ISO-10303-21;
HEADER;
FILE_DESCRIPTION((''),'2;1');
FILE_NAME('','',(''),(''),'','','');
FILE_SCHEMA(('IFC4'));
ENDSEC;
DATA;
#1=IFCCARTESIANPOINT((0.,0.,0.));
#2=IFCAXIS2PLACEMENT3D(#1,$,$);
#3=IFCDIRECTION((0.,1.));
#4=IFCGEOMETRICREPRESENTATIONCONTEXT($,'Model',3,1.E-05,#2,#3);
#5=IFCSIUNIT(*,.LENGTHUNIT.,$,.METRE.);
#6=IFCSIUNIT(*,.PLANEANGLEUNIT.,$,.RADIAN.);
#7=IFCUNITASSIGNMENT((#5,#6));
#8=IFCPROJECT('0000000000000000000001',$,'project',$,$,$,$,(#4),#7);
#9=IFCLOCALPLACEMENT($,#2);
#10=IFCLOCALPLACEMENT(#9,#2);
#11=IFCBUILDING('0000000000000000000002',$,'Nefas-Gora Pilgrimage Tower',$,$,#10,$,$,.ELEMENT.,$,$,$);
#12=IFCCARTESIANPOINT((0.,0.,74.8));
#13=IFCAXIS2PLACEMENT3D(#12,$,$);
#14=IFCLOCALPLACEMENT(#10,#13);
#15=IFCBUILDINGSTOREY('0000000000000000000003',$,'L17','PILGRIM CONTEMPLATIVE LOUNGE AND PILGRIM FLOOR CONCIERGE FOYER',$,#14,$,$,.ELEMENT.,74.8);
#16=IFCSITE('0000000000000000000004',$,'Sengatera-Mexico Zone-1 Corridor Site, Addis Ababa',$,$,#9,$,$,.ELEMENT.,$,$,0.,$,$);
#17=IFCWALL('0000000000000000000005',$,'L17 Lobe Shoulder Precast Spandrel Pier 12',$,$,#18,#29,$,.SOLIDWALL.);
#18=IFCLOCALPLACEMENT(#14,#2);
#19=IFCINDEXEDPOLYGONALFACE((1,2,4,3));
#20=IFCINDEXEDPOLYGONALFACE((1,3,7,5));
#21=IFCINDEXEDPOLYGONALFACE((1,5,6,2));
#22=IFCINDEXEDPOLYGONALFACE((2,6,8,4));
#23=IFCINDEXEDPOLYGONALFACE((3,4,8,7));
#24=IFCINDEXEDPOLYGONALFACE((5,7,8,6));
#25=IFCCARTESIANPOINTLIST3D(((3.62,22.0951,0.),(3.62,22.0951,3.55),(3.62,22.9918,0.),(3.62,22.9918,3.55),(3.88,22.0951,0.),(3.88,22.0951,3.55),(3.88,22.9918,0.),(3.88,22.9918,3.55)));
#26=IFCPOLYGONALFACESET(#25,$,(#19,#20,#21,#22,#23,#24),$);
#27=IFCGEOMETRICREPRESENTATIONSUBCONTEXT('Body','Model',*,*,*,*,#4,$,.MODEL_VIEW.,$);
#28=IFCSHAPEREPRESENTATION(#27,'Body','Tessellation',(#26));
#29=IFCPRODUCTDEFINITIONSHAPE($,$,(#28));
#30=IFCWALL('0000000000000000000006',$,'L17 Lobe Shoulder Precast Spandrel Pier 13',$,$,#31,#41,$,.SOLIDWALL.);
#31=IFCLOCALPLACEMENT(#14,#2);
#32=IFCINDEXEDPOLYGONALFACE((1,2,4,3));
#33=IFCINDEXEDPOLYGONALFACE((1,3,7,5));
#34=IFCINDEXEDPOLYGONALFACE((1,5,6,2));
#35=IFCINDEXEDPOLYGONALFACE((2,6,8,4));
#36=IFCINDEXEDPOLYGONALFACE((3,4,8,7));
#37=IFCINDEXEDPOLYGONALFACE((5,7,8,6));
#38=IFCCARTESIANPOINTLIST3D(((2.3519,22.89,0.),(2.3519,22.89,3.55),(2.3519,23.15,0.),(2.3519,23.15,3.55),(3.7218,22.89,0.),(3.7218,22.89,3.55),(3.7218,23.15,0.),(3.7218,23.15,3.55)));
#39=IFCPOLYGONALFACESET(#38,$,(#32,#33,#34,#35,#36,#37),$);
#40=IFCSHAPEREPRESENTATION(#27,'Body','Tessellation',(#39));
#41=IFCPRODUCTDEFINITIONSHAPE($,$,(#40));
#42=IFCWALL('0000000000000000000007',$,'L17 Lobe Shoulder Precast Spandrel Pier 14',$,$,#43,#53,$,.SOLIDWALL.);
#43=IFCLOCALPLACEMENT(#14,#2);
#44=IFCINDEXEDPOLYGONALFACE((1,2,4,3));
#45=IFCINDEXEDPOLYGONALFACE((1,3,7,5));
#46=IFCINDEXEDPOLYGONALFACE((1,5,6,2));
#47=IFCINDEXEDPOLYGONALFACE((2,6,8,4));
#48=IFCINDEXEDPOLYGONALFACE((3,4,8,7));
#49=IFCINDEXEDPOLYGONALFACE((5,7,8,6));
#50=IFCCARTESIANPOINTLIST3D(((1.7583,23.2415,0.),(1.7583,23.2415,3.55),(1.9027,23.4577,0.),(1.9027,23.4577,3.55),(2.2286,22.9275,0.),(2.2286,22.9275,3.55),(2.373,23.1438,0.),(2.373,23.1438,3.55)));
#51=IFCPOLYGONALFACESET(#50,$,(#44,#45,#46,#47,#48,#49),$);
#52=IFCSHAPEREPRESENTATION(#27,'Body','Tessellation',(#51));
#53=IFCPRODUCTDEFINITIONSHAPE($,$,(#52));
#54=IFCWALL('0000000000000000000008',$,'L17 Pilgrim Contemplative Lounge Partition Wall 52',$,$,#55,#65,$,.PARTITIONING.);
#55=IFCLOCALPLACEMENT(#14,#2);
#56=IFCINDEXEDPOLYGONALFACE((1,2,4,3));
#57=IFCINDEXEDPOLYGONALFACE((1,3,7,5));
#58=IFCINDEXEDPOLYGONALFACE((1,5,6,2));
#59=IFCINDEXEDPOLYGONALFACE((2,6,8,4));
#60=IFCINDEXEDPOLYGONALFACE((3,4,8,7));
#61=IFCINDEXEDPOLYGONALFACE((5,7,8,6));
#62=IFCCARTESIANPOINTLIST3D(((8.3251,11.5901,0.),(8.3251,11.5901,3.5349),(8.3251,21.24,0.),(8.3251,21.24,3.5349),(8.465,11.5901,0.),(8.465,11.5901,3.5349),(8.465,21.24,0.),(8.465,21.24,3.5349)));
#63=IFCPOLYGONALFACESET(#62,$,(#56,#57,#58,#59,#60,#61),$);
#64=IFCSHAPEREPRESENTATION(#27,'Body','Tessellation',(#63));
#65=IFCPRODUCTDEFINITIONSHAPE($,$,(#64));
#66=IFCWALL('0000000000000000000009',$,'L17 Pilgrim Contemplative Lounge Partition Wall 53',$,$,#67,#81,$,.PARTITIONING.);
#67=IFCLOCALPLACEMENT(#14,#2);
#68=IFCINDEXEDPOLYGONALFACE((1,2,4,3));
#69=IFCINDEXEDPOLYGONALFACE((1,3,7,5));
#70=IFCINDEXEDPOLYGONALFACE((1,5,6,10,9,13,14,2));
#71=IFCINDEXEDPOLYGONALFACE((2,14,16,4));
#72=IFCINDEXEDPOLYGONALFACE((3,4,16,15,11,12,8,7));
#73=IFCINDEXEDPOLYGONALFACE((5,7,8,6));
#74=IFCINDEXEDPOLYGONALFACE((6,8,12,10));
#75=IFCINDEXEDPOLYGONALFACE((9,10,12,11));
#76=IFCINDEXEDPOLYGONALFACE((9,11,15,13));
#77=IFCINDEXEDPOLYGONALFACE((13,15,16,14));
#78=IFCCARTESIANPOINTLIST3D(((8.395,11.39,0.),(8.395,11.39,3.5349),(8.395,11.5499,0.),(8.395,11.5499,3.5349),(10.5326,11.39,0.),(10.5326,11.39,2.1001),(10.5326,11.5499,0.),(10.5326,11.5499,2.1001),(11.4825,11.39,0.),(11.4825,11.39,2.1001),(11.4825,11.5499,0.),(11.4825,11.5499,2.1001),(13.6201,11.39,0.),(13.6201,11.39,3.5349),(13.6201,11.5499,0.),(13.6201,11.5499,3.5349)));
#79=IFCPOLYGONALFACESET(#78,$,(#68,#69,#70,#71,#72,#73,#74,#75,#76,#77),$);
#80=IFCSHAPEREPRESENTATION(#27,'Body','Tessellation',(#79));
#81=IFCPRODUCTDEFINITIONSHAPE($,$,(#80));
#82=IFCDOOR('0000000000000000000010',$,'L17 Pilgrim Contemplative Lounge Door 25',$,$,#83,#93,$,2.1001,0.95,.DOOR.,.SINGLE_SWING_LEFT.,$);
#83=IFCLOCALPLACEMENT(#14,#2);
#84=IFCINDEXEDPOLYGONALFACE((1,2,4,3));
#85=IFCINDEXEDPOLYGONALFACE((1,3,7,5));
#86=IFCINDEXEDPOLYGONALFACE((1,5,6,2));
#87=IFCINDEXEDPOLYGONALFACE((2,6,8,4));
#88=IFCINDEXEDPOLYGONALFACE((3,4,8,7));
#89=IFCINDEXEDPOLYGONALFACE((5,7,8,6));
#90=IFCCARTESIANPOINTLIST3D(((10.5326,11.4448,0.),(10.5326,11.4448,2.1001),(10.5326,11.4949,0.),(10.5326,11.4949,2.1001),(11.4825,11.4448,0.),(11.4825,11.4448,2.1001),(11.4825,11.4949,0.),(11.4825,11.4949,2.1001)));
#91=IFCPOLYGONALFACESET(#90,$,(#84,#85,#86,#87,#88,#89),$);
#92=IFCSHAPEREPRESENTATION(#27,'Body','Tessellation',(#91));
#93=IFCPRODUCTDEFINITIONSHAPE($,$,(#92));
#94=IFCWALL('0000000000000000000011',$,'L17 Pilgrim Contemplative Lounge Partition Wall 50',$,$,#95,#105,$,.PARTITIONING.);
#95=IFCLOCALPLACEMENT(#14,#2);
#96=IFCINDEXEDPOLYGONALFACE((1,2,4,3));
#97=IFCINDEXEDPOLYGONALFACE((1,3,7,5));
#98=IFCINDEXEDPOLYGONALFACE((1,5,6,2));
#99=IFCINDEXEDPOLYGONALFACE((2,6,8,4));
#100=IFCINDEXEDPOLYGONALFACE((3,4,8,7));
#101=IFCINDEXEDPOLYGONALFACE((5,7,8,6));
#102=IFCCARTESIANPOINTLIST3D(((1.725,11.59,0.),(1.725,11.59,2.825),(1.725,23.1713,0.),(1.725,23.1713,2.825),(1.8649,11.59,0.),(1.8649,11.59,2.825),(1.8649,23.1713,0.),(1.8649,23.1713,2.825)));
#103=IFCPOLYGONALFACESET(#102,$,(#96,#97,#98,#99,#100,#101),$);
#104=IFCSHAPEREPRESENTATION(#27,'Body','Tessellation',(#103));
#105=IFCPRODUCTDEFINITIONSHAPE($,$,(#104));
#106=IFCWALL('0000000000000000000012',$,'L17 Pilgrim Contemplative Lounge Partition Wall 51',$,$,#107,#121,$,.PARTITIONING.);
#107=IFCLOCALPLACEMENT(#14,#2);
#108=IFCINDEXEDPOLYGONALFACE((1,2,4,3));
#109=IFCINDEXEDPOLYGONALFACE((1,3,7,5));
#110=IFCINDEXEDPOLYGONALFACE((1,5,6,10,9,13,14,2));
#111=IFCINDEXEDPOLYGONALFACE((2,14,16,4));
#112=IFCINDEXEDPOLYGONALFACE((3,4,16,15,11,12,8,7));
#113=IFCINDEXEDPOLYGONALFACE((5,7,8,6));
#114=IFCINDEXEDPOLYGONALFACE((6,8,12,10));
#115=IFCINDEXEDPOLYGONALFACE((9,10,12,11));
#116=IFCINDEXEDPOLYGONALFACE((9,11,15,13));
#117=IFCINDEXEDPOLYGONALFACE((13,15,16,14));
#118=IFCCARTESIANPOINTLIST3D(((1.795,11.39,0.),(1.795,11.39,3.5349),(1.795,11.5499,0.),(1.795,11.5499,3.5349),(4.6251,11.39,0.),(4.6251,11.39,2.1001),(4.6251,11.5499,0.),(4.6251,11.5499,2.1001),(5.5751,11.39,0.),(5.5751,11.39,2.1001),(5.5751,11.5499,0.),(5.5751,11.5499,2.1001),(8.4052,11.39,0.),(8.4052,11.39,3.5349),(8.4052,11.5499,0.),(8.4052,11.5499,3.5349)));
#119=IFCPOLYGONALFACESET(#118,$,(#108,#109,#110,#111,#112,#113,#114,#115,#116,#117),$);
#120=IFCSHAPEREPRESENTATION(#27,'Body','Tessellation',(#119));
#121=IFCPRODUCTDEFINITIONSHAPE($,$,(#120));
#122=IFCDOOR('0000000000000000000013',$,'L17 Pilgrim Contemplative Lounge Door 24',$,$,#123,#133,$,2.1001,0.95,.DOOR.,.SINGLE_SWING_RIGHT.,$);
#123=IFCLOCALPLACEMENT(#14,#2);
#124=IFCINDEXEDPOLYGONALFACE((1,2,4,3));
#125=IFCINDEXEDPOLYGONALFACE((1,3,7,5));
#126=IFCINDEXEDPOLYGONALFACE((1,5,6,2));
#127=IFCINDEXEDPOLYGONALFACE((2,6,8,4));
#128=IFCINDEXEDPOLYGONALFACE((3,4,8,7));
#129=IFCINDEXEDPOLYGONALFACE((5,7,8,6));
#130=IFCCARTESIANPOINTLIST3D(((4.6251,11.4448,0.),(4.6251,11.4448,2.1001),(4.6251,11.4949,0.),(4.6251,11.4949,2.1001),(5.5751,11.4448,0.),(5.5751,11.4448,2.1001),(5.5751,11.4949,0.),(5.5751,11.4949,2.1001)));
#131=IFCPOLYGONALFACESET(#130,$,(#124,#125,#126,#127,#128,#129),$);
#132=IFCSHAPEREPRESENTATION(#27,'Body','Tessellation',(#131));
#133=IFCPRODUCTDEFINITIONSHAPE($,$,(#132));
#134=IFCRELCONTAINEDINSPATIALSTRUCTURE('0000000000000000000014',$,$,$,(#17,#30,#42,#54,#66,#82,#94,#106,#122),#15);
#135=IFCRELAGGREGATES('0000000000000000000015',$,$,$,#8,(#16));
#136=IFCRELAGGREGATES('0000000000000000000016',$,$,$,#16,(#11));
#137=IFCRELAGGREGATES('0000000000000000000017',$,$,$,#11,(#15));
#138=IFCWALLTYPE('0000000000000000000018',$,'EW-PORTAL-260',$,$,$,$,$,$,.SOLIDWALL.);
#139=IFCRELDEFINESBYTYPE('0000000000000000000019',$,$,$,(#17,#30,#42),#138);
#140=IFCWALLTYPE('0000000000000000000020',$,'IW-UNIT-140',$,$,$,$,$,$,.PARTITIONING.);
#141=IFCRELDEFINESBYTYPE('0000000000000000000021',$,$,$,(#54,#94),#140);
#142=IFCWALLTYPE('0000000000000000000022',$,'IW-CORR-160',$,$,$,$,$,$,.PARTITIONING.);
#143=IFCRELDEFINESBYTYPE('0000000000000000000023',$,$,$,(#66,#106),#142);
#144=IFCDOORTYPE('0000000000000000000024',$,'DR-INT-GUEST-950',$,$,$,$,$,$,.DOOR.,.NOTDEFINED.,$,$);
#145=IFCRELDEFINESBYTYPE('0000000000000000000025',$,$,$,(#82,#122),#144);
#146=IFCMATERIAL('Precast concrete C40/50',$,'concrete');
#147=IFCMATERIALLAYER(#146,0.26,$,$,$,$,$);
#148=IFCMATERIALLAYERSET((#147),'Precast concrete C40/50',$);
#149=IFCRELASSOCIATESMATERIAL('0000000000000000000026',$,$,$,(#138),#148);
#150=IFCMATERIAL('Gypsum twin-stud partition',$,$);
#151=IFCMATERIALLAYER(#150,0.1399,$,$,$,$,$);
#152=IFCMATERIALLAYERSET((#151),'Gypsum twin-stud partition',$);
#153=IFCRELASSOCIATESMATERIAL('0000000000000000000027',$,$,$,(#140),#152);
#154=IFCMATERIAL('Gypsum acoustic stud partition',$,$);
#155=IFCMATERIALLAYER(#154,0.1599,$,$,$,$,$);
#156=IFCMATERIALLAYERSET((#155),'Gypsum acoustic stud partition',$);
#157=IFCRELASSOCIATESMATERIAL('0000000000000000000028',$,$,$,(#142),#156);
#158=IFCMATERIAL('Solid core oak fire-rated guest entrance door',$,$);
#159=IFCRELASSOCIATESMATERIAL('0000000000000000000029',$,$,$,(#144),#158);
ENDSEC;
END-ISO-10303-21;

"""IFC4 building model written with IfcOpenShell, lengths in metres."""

from ifc_helpers import new_model, si_unit, direction, frame, frame_2d, origin, place, context, subcontext, project, spatial, rectangle, extrude, source, transform, mapped, material, layer, layer_set, type_object, element, fill, save


model = new_model("IFC4")

# Units and contexts
model_context = context("Model", 3, precision=1e-05, world=origin(), true_north=direction((0.0, 1.0)))
body_context = subcontext(model_context, "Body", "Model", "MODEL_VIEW")
ifc_project = project(units=[si_unit("LENGTHUNIT", "METRE"), si_unit("PLANEANGLEUNIT", "RADIAN")], contexts=[model_context])

# Site, building, storey
site_placement = place(None, origin())
site = spatial("IfcSite", under=ifc_project, at=site_placement, Name="Sengatera-Mexico Zone-1 Corridor Site, Addis Ababa", CompositionType="ELEMENT", RefElevation=0.0)
building_placement = place(site_placement, origin())
building = spatial("IfcBuilding", under=site, at=building_placement, Name="Nefas-Gora Pilgrimage Tower", CompositionType="ELEMENT")
storey_placement = place(building_placement, frame((0.0, 0.0, 74.8)))
storey = spatial("IfcBuildingStorey", under=building, at=storey_placement, Name="L17", Description="PILGRIM CONTEMPLATIVE LOUNGE AND PILGRIM FLOOR CONCIERGE FOYER", CompositionType="ELEMENT", Elevation=74.8)

# Walls
ifc_material_1 = material(Name="Precast concrete C40/50", Category="concrete")
ifc_layer_1 = layer(ifc_material_1, 0.26)
ifc_layer_set_1 = layer_set([ifc_layer_1], Name="Precast concrete C40/50")
wall_type_1 = type_object("IfcWallType", Name="EW-PORTAL-260", PredefinedType="SOLIDWALL", material=ifc_layer_set_1)
shared_shape_1 = source(origin(), body_context, "Body", "SweptSolid", [
    extrude(rectangle(XDim=0.8967, YDim=0.26, at=frame_2d((0.4482, 0.0))), origin(), (0.0, 0.0, 1.0), 3.55),
])
wall_1_placement = place(storey_placement, frame((3.75, 22.0952, 0.0), z_axis=(0.0, 0.0, 1.0), x_axis=(0.0, 1.0, 0.0)))
element("IfcWall", 1, at=wall_1_placement, inside=storey, type_object=wall_type_1, Name="L17 Lobe Shoulder Precast Spandrel Pier 12", PredefinedType="SOLIDWALL", context=body_context, shape_type="MappedRepresentation", body=[
    mapped(shared_shape_1, transform((0.0, 0.0, 0.0), x_axis=(1.0, 0.0, 0.0), y_axis=(0.0, 1.0, 0.0), z_axis=(0.0, 0.0, 1.0), scale=1.0)),
])
shared_shape_2 = source(origin(), body_context, "Body", "SweptSolid", [
    extrude(rectangle(XDim=1.3699, YDim=0.26, at=frame_2d((0.6851, 0.0))), origin(), (0.0, 0.0, 1.0), 3.55),
])
wall_2_placement = place(storey_placement, frame((3.7219, 23.02, 0.0), z_axis=(0.0, 0.0, 1.0), x_axis=(-1.0, 0.0, 0.0)))
element("IfcWall", 2, at=wall_2_placement, inside=storey, type_object=wall_type_1, Name="L17 Lobe Shoulder Precast Spandrel Pier 13", PredefinedType="SOLIDWALL", context=body_context, shape_type="MappedRepresentation", body=[
    mapped(shared_shape_2, transform((0.0, 0.0, 0.0), x_axis=(1.0, 0.0, 0.0), y_axis=(0.0, 1.0, 0.0), z_axis=(0.0, 0.0, 1.0), scale=1.0)),
])
shared_shape_3 = source(origin(), body_context, "Body", "SweptSolid", [
    extrude(rectangle(XDim=0.5654, YDim=0.26, at=frame_2d((0.2827, 0.0))), origin(), (0.0, 0.0, 1.0), 3.55),
])
wall_3_placement = place(storey_placement, frame((2.3008, 23.0356, 0.0), z_axis=(0.0, 0.0, 1.0), x_axis=(-0.831651, 0.555298, 0.0)))
element("IfcWall", 3, at=wall_3_placement, inside=storey, type_object=wall_type_1, Name="L17 Lobe Shoulder Precast Spandrel Pier 14", PredefinedType="SOLIDWALL", context=body_context, shape_type="MappedRepresentation", body=[
    mapped(shared_shape_3, transform((0.0, 0.0, 0.0), x_axis=(1.0, 0.0, 0.0), y_axis=(0.0, 1.0, 0.0), z_axis=(0.0, 0.0, 1.0), scale=1.0)),
])
ifc_material_2 = material(Name="Gypsum twin-stud partition")
ifc_layer_2 = layer(ifc_material_2, 0.1399)
ifc_layer_set_2 = layer_set([ifc_layer_2], Name="Gypsum twin-stud partition")
wall_type_2 = type_object("IfcWallType", Name="IW-UNIT-140", PredefinedType="PARTITIONING", material=ifc_layer_set_2)
shared_shape_4 = source(origin(), body_context, "Body", "SweptSolid", [
    extrude(rectangle(XDim=9.6499, YDim=0.1399, at=frame_2d((4.825, 0.0))), origin(), (0.0, 0.0, 1.0), 3.5349),
])
wall_4_placement = place(storey_placement, frame((8.395, 11.5901, 0.0), z_axis=(0.0, 0.0, 1.0), x_axis=(0.0, 1.0, 0.0)))
element("IfcWall", 4, at=wall_4_placement, inside=storey, type_object=wall_type_2, Name="L17 Pilgrim Contemplative Lounge Partition Wall 52", PredefinedType="PARTITIONING", context=body_context, shape_type="MappedRepresentation", body=[
    mapped(shared_shape_4, transform((0.0, 0.0, 0.0), x_axis=(1.0, 0.0, 0.0), y_axis=(0.0, 1.0, 0.0), z_axis=(0.0, 0.0, 1.0), scale=1.0)),
])

# Wall, opening, door
ifc_material_3 = material(Name="Gypsum acoustic stud partition")
ifc_layer_3 = layer(ifc_material_3, 0.1599)
ifc_layer_set_3 = layer_set([ifc_layer_3], Name="Gypsum acoustic stud partition")
wall_type_3 = type_object("IfcWallType", Name="IW-CORR-160", PredefinedType="PARTITIONING", material=ifc_layer_set_3)
shared_shape_5 = source(origin(), body_context, "Body", "SweptSolid", [
    extrude(rectangle(XDim=5.2251, YDim=0.1599, at=frame_2d((2.6125, 0.0))), origin(), (0.0, 0.0, 1.0), 3.5349),
])
wall_5_placement = place(storey_placement, frame((8.395, 11.47, 0.0), z_axis=(0.0, 0.0, 1.0), x_axis=(1.0, 0.0, 0.0)))
wall_5 = element("IfcWall", 5, at=wall_5_placement, inside=storey, type_object=wall_type_3, Name="L17 Pilgrim Contemplative Lounge Partition Wall 53", PredefinedType="PARTITIONING", context=body_context, shape_type="MappedRepresentation", body=[
    mapped(shared_shape_5, transform((0.0, 0.0, 0.0), x_axis=(1.0, 0.0, 0.0), y_axis=(0.0, 1.0, 0.0), z_axis=(0.0, 0.0, 1.0), scale=1.0)),
])
opening_1_placement = place(wall_5_placement, frame((2.1375, 0.0, 0.0)))
opening_1 = element("IfcOpeningElement", 6, at=opening_1_placement, cuts=wall_5, PredefinedType="OPENING", context=body_context, shape_type="SweptSolid", body=[
    extrude(rectangle(XDim=0.95, YDim=2.1001, at=frame_2d((0.4751, 1.05))), frame((0.0, 0.0898, 0.0), z_axis=(0.0, -1.0, 0.0), x_axis=(1.0, 0.0, 0.0)), (0.0, 0.0, 1.0), 0.1799),
])
ifc_material_4 = material(Name="Solid core oak fire-rated guest entrance door")
door_type = type_object("IfcDoorType", Name="DR-INT-GUEST-950", OperationType="NOTDEFINED", PredefinedType="DOOR", material=ifc_material_4)
shared_shape_6 = source(origin(), body_context, "Body", "SweptSolid", [
    extrude(rectangle(XDim=0.95, YDim=2.1001, at=frame_2d((0.4751, 1.05))), frame((0.0, 0.0249, 0.0), z_axis=(0.0, -1.0, 0.0), x_axis=(1.0, 0.0, 0.0)), (0.0, 0.0, 1.0), 0.05),
])
door_1_placement = place(opening_1_placement, origin())
door_1 = element("IfcDoor", 7, at=door_1_placement, inside=storey, type_object=door_type, Name="L17 Pilgrim Contemplative Lounge Door 25", OperationType="SINGLE_SWING_LEFT", OverallHeight=2.1001, OverallWidth=0.95, PredefinedType="DOOR", context=body_context, shape_type="MappedRepresentation", body=[
    mapped(shared_shape_6, transform((0.0, 0.0, 0.0), x_axis=(1.0, 0.0, 0.0), y_axis=(0.0, 1.0, 0.0), z_axis=(0.0, 0.0, 1.0), scale=1.0)),
])
fill(opening_1, door_1)

# Wall
shared_shape_7 = source(origin(), body_context, "Body", "SweptSolid", [
    extrude(rectangle(XDim=11.5813, YDim=0.1399, at=frame_2d((5.7905, 0.0))), origin(), (0.0, 0.0, 1.0), 2.825),
])
wall_6_placement = place(storey_placement, frame((1.7949, 11.5901, 0.0), z_axis=(0.0, 0.0, 1.0), x_axis=(0.0, 1.0, 0.0)))
element("IfcWall", 8, at=wall_6_placement, inside=storey, type_object=wall_type_2, Name="L17 Pilgrim Contemplative Lounge Partition Wall 50", PredefinedType="PARTITIONING", context=body_context, shape_type="MappedRepresentation", body=[
    mapped(shared_shape_7, transform((0.0, 0.0, 0.0), x_axis=(1.0, 0.0, 0.0), y_axis=(0.0, 1.0, 0.0), z_axis=(0.0, 0.0, 1.0), scale=1.0)),
])

# Wall, opening, door
shared_shape_8 = source(origin(), body_context, "Body", "SweptSolid", [
    extrude(rectangle(XDim=6.6101, YDim=0.1599, at=frame_2d((3.3052, 0.0))), origin(), (0.0, 0.0, 1.0), 3.5349),
])
wall_7_placement = place(storey_placement, frame((1.7949, 11.47, 0.0), z_axis=(0.0, 0.0, 1.0), x_axis=(1.0, 0.0, 0.0)))
wall_7 = element("IfcWall", 9, at=wall_7_placement, inside=storey, type_object=wall_type_3, Name="L17 Pilgrim Contemplative Lounge Partition Wall 51", PredefinedType="PARTITIONING", context=body_context, shape_type="MappedRepresentation", body=[
    mapped(shared_shape_8, transform((0.0, 0.0, 0.0), x_axis=(1.0, 0.0, 0.0), y_axis=(0.0, 1.0, 0.0), z_axis=(0.0, 0.0, 1.0), scale=1.0)),
])
opening_2_placement = place(wall_7_placement, frame((2.8301, 0.0, 0.0)))
opening_2 = element("IfcOpeningElement", 10, at=opening_2_placement, cuts=wall_7, PredefinedType="OPENING", context=body_context, shape_type="SweptSolid", body=[
    extrude(rectangle(XDim=0.95, YDim=2.1001, at=frame_2d((0.4751, 1.05))), frame((0.0, 0.0898, 0.0), z_axis=(0.0, -1.0, 0.0), x_axis=(1.0, 0.0, 0.0)), (0.0, 0.0, 1.0), 0.1799),
])
door_2_placement = place(opening_2_placement, origin())
door_2 = element("IfcDoor", 11, at=door_2_placement, inside=storey, type_object=door_type, Name="L17 Pilgrim Contemplative Lounge Door 24", OperationType="SINGLE_SWING_RIGHT", OverallHeight=2.1001, OverallWidth=0.95, PredefinedType="DOOR", context=body_context, shape_type="MappedRepresentation", body=[
    mapped(shared_shape_6, transform((0.0, 0.0, 0.0), x_axis=(1.0, 0.0, 0.0), y_axis=(0.0, 1.0, 0.0), z_axis=(0.0, 0.0, 1.0), scale=1.0)),
])
fill(opening_2, door_2)

save(model, "model.ifc")
